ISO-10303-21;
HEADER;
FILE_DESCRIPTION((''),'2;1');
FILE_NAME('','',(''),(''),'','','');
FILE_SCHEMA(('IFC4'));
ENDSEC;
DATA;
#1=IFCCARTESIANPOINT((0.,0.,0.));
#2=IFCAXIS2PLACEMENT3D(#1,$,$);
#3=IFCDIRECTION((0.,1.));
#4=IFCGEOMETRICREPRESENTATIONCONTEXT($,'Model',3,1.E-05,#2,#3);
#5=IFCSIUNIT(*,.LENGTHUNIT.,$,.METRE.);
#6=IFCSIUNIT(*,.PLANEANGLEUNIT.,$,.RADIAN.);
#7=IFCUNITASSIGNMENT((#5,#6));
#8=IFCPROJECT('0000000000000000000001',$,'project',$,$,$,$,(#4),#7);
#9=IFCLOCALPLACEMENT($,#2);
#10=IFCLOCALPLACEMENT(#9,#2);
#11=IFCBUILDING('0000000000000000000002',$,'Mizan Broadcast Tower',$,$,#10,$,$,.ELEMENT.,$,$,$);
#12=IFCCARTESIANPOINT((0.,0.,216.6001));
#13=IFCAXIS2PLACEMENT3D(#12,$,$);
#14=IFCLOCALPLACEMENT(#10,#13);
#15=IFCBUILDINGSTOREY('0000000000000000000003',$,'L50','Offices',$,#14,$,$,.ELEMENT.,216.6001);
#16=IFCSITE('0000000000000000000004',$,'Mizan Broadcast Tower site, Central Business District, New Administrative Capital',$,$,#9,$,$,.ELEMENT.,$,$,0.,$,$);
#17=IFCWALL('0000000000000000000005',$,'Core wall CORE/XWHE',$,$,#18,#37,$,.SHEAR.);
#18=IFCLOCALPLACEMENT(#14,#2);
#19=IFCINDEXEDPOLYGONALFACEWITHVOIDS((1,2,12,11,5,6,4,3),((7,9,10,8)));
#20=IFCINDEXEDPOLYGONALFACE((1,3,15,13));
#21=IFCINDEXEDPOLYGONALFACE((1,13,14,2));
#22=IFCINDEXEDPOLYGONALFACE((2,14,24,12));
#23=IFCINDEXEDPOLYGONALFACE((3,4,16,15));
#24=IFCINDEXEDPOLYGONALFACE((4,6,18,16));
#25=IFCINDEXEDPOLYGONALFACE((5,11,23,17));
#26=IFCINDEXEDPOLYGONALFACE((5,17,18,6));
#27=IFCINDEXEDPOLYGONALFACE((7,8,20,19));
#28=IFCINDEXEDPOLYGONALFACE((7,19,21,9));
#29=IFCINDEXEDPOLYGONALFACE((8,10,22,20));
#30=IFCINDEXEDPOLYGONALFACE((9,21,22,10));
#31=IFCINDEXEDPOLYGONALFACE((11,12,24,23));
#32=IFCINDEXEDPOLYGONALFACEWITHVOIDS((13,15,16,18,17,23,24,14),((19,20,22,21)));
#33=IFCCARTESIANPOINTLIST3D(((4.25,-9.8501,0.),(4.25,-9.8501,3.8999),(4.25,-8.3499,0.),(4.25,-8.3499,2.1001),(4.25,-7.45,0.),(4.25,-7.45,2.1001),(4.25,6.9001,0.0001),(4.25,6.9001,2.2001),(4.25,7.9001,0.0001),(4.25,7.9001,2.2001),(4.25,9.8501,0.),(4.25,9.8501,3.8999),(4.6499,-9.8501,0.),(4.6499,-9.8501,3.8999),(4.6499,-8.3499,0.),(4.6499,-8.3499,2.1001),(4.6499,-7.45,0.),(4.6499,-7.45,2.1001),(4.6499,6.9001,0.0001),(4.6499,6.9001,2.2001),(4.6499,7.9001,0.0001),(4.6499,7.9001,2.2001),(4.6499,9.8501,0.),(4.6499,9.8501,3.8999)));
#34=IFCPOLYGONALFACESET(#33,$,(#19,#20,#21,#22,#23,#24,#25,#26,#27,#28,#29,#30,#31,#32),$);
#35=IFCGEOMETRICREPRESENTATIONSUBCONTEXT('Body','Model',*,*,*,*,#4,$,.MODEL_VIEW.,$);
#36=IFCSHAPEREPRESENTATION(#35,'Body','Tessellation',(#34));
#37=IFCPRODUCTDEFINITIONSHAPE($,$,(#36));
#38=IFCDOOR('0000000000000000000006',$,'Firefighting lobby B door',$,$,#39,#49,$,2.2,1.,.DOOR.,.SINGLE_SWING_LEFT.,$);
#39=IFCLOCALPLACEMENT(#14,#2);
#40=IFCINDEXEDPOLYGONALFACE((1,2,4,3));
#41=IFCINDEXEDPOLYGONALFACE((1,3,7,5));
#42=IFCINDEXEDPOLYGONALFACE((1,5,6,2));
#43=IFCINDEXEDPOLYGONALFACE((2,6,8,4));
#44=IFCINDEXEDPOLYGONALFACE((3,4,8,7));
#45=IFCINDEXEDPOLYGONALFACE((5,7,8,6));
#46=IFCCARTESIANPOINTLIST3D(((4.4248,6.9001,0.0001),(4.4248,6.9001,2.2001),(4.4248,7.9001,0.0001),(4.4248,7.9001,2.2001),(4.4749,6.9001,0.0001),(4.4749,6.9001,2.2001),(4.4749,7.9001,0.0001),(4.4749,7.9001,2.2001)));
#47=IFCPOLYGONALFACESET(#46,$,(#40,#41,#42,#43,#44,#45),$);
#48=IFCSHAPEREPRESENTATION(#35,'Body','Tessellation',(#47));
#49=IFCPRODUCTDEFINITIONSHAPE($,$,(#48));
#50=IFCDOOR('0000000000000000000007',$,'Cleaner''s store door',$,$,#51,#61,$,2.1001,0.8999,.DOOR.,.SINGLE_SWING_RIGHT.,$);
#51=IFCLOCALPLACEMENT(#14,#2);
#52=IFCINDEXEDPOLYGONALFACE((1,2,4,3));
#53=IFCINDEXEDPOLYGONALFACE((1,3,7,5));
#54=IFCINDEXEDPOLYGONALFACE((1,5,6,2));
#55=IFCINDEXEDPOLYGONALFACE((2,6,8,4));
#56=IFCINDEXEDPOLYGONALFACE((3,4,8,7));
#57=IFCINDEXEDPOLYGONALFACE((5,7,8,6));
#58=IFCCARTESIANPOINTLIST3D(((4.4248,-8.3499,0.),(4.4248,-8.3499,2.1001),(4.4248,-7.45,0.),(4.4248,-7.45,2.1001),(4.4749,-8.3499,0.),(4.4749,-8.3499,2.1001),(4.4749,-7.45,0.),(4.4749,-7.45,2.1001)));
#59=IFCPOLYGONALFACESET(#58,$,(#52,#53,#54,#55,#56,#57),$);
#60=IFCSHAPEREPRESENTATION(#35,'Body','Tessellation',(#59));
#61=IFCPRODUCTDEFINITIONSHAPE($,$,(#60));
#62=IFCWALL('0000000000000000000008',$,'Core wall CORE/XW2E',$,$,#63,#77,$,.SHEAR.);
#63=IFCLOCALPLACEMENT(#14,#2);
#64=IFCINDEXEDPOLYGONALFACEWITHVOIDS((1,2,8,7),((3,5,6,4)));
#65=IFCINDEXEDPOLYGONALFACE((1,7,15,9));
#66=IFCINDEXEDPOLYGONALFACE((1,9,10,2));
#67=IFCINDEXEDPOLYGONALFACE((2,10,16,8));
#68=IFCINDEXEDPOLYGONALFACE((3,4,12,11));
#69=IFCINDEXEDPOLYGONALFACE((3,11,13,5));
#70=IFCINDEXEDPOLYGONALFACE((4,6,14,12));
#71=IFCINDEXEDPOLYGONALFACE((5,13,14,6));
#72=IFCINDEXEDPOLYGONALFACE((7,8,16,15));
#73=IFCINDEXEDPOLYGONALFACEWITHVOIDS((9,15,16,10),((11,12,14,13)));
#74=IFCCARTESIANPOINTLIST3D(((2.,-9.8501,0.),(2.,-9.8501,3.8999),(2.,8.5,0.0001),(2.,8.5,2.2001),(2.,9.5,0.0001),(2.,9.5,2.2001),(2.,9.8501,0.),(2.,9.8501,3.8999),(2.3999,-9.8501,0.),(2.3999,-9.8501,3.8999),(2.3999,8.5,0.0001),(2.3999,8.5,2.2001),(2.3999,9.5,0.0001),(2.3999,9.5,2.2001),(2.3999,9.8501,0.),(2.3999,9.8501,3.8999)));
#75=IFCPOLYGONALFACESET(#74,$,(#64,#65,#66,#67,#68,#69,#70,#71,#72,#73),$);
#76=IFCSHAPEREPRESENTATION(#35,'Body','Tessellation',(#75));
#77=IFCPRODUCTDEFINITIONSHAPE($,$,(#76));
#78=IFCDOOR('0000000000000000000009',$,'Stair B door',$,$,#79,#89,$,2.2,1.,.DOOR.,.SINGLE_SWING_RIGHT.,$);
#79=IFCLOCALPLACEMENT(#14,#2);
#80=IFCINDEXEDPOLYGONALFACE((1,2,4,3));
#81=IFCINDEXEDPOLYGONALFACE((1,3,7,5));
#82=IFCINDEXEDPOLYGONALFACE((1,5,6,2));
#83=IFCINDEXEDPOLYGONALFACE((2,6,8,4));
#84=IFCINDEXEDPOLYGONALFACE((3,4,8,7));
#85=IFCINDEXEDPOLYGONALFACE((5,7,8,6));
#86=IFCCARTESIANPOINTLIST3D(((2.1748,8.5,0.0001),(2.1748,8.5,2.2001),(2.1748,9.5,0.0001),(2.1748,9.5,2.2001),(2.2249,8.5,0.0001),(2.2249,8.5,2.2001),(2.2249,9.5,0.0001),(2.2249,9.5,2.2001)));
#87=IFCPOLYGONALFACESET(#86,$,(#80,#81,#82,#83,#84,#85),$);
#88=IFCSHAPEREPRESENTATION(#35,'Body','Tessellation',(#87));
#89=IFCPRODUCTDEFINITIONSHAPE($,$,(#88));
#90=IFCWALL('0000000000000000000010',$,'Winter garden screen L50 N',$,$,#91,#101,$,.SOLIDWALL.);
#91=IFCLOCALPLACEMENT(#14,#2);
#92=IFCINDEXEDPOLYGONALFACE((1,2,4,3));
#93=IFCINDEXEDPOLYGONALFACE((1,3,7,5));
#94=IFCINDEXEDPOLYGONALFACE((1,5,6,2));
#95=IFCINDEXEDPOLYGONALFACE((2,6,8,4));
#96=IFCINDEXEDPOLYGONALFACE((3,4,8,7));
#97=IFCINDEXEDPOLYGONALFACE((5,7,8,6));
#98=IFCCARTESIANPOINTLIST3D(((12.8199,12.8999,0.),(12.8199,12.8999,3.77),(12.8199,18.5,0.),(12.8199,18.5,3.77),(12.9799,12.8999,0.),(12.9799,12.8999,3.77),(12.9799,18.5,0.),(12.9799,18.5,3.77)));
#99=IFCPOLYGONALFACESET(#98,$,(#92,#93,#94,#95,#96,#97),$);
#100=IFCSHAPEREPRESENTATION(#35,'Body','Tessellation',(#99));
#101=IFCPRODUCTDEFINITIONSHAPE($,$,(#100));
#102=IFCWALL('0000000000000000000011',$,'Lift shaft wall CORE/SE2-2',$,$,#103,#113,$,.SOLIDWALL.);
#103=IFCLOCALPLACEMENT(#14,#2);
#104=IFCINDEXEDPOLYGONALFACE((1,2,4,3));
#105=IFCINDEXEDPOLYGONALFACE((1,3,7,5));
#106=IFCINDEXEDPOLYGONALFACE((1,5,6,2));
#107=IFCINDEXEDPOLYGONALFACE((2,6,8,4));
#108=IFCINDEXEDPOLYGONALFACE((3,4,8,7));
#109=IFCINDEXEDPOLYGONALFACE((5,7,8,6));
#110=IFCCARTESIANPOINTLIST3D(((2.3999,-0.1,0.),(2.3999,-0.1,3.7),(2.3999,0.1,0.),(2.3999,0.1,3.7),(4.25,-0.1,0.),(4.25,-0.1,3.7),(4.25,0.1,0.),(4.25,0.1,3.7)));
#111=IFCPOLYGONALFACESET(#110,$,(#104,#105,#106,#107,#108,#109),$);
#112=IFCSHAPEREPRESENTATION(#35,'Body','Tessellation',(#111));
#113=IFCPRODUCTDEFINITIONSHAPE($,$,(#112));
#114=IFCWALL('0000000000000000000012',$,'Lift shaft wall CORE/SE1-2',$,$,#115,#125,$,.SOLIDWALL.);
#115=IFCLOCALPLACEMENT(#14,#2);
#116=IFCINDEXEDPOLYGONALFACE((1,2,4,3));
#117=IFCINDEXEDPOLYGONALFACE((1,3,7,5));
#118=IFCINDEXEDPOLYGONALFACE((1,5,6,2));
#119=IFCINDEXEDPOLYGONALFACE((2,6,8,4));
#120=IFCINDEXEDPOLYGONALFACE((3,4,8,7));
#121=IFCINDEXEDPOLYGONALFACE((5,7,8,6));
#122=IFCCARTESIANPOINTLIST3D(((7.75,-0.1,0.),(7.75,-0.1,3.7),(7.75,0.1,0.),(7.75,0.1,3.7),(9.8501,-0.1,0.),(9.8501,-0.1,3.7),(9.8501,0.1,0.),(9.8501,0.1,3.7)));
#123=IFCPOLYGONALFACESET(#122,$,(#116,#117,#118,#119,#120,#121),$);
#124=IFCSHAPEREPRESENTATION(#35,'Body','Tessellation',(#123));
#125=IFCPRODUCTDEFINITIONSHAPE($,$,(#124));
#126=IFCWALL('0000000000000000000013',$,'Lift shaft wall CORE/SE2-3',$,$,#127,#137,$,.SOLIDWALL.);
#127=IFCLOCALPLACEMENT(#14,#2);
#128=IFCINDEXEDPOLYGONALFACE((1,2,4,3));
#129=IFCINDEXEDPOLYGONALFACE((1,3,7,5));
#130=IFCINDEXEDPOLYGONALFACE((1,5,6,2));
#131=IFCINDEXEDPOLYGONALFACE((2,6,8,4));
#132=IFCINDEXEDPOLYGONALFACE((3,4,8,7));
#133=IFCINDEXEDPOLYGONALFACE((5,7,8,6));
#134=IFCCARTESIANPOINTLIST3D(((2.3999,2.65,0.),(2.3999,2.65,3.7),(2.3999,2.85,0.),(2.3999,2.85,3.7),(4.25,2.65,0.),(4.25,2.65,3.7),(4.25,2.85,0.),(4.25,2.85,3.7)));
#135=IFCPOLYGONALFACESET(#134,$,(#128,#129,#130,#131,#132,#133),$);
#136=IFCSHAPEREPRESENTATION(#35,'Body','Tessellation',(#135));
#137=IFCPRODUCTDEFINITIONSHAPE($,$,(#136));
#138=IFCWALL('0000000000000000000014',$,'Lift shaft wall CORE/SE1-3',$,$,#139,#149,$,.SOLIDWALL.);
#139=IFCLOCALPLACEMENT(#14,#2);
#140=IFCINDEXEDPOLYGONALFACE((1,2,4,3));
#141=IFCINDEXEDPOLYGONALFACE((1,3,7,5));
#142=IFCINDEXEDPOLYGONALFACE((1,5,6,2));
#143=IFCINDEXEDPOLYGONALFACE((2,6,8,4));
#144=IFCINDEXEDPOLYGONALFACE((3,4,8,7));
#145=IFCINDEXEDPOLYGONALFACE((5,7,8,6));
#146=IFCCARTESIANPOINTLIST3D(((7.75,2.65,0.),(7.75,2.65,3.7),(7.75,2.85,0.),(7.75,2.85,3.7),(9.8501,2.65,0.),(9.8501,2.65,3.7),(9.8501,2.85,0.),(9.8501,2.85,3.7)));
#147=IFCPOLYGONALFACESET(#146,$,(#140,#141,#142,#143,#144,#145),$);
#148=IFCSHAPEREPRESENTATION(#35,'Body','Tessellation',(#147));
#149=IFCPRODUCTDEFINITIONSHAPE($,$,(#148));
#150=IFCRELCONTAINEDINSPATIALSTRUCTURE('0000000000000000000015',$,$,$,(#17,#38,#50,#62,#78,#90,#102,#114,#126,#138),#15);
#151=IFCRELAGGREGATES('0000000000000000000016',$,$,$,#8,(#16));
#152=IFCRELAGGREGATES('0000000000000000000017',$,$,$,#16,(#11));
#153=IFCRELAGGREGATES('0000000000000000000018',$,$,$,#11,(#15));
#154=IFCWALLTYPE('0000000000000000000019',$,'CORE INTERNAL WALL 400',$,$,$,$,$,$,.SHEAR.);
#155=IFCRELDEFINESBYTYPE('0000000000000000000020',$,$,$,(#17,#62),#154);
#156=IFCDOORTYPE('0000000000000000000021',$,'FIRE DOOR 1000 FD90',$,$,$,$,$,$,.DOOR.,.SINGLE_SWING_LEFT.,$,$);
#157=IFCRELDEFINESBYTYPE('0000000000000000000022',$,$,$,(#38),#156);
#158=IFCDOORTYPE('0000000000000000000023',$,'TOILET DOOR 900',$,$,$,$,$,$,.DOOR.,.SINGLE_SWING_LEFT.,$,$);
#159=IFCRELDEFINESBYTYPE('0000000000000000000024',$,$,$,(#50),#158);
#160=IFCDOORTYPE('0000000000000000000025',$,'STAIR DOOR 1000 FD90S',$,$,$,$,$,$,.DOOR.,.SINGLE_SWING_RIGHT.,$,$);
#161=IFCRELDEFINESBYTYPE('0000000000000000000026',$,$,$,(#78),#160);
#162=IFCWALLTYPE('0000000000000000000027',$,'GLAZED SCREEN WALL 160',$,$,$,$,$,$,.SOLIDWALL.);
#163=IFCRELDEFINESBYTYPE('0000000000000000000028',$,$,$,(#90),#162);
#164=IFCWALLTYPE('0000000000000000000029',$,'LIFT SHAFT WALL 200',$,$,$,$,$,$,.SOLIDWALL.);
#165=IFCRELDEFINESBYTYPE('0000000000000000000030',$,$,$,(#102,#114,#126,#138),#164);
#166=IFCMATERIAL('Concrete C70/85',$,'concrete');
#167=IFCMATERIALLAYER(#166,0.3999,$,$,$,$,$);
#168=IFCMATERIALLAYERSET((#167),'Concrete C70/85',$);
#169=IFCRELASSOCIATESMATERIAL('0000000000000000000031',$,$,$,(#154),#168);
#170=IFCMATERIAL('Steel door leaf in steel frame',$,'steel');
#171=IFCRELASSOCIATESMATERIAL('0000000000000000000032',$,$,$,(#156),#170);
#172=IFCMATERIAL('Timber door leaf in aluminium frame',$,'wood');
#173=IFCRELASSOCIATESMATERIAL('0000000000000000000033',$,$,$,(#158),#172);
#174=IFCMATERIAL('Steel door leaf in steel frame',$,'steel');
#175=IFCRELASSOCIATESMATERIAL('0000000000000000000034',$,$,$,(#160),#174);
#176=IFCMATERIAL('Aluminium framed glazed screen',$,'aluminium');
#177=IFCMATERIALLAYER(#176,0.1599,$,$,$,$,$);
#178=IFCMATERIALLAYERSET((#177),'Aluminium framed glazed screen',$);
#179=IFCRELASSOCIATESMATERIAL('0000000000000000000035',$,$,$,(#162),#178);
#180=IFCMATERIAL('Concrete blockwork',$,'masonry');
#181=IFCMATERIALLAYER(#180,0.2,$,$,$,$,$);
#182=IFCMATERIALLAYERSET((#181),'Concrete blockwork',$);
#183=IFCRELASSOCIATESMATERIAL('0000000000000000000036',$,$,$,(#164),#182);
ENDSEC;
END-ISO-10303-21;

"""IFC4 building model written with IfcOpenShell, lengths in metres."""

from ifc_helpers import new_model, si_unit, direction, frame, frame_2d, origin, place, context, subcontext, project, spatial, rectangle, extrude, material, layer, layer_set, type_object, element, fill, save


model = new_model("IFC4")

# Units and contexts
model_context = context("Model", 3, precision=1e-05, world=origin(), true_north=direction((0.0, 1.0)))
body_context = subcontext(model_context, "Body", "Model", "MODEL_VIEW")
ifc_project = project(units=[si_unit("LENGTHUNIT", "METRE"), si_unit("PLANEANGLEUNIT", "RADIAN")], contexts=[model_context])

# Site, building, storey
site_placement = place(None, origin())
site = spatial("IfcSite", under=ifc_project, at=site_placement, Name="Mizan Broadcast Tower site, Central Business District, New Administrative Capital", CompositionType="ELEMENT", RefElevation=0.0)
building_placement = place(site_placement, origin())
building = spatial("IfcBuilding", under=site, at=building_placement, Name="Mizan Broadcast Tower", CompositionType="ELEMENT")
storey_placement = place(building_placement, frame((0.0, 0.0, 216.6001)))
storey = spatial("IfcBuildingStorey", under=building, at=storey_placement, Name="L50", Description="Offices", CompositionType="ELEMENT", Elevation=216.6001)

# Wall, openings, doors
ifc_material_1 = material(Name="Concrete C70/85", Category="concrete")
ifc_layer_1 = layer(ifc_material_1, 0.3999)
ifc_layer_set_1 = layer_set([ifc_layer_1], Name="Concrete C70/85")
wall_type_1 = type_object("IfcWallType", Name="CORE INTERNAL WALL 400", PredefinedType="SHEAR", material=ifc_layer_set_1)
ifc_material_2 = material(Name="Steel door leaf in steel frame", Category="steel")
door_type_1 = type_object("IfcDoorType", Name="FIRE DOOR 1000 FD90", OperationType="SINGLE_SWING_LEFT", PredefinedType="DOOR", material=ifc_material_2)
ifc_material_3 = material(Name="Timber door leaf in aluminium frame", Category="wood")
door_type_2 = type_object("IfcDoorType", Name="TOILET DOOR 900", OperationType="SINGLE_SWING_LEFT", PredefinedType="DOOR", material=ifc_material_3)
wall_1_placement = place(storey_placement, frame((4.45, 9.8501, 0.0), z_axis=(0.0, 0.0, 1.0), x_axis=(0.0, -1.0, 0.0)))
wall_1 = element("IfcWall", 1, at=wall_1_placement, inside=storey, type_object=wall_type_1, Name="Core wall CORE/XWHE", PredefinedType="SHEAR", context=body_context, shape_type="SweptSolid", body=[
    extrude(rectangle(XDim=19.7002, YDim=0.3999, at=frame_2d((9.8501, 0.0))), origin(), (0.0, 0.0, 1.0), 3.8999),
])
opening_1_placement = place(wall_1_placement, frame((1.95, 0.0, 0.0)))
opening_1 = element("IfcOpeningElement", 2, at=opening_1_placement, cuts=wall_1, PredefinedType="OPENING", context=body_context, shape_type="SweptSolid", body=[
    extrude(rectangle(XDim=1.0, YDim=2.2, at=frame_2d((0.5, 1.1001))), frame((0.0, 0.21, 0.0), z_axis=(0.0, -1.0, 0.0), x_axis=(1.0, 0.0, 0.0)), (0.0, 0.0, 1.0), 0.4199),
])
opening_2_placement = place(wall_1_placement, frame((17.3, 0.0, 0.0)))
opening_2 = element("IfcOpeningElement", 3, at=opening_2_placement, cuts=wall_1, PredefinedType="OPENING", context=body_context, shape_type="SweptSolid", body=[
    extrude(rectangle(XDim=0.8999, YDim=2.1001, at=frame_2d((0.45, 1.05))), frame((0.0, 0.21, 0.0), z_axis=(0.0, -1.0, 0.0), x_axis=(1.0, 0.0, 0.0)), (0.0, 0.0, 1.0), 0.4199),
])
door_1_placement = place(opening_1_placement, origin())
door_1 = element("IfcDoor", 4, at=door_1_placement, inside=storey, type_object=door_type_1, Name="Firefighting lobby B door", OperationType="SINGLE_SWING_LEFT", OverallHeight=2.2, OverallWidth=1.0, PredefinedType="DOOR", context=body_context, shape_type="SweptSolid", body=[
    extrude(rectangle(XDim=1.0, YDim=2.2, at=frame_2d((0.5, 1.1001))), frame((0.0, 0.0249, 0.0), z_axis=(0.0, -1.0, 0.0), x_axis=(1.0, 0.0, 0.0)), (0.0, 0.0, 1.0), 0.05),
])
fill(opening_1, door_1)
door_2_placement = place(opening_2_placement, origin())
door_2 = element("IfcDoor", 5, at=door_2_placement, inside=storey, type_object=door_type_2, Name="Cleaner's store door", OperationType="SINGLE_SWING_RIGHT", OverallHeight=2.1001, OverallWidth=0.8999, PredefinedType="DOOR", context=body_context, shape_type="SweptSolid", body=[
    extrude(rectangle(XDim=0.8999, YDim=2.1001, at=frame_2d((0.45, 1.05))), frame((0.0, 0.0249, 0.0), z_axis=(0.0, -1.0, 0.0), x_axis=(1.0, 0.0, 0.0)), (0.0, 0.0, 1.0), 0.05),
])
fill(opening_2, door_2)

# Wall, opening, door
wall_2_placement = place(storey_placement, frame((2.2, 9.8501, 0.0), z_axis=(0.0, 0.0, 1.0), x_axis=(0.0, -1.0, 0.0)))
wall_2 = element("IfcWall", 6, at=wall_2_placement, inside=storey, type_object=wall_type_1, Name="Core wall CORE/XW2E", PredefinedType="SHEAR", context=body_context, shape_type="SweptSolid", body=[
    extrude(rectangle(XDim=19.7002, YDim=0.3999, at=frame_2d((9.8501, 0.0))), origin(), (0.0, 0.0, 1.0), 3.8999),
])
opening_3_placement = place(wall_2_placement, frame((0.3501, 0.0, 0.0)))
opening_3 = element("IfcOpeningElement", 7, at=opening_3_placement, cuts=wall_2, PredefinedType="OPENING", context=body_context, shape_type="SweptSolid", body=[
    extrude(rectangle(XDim=1.0, YDim=2.2, at=frame_2d((0.5, 1.1001))), frame((0.0, 0.21, 0.0), z_axis=(0.0, -1.0, 0.0), x_axis=(1.0, 0.0, 0.0)), (0.0, 0.0, 1.0), 0.4199),
])
ifc_material_4 = material(Name="Steel door leaf in steel frame", Category="steel")
door_type_3 = type_object("IfcDoorType", Name="STAIR DOOR 1000 FD90S", OperationType="SINGLE_SWING_RIGHT", PredefinedType="DOOR", material=ifc_material_4)
door_3_placement = place(opening_3_placement, origin())
door_3 = element("IfcDoor", 8, at=door_3_placement, inside=storey, type_object=door_type_3, Name="Stair B door", OperationType="SINGLE_SWING_RIGHT", OverallHeight=2.2, OverallWidth=1.0, PredefinedType="DOOR", context=body_context, shape_type="SweptSolid", body=[
    extrude(rectangle(XDim=1.0, YDim=2.2, at=frame_2d((0.5, 1.1001))), frame((0.0, 0.0249, 0.0), z_axis=(0.0, -1.0, 0.0), x_axis=(1.0, 0.0, 0.0)), (0.0, 0.0, 1.0), 0.05),
])
fill(opening_3, door_3)

# Walls
ifc_material_5 = material(Name="Aluminium framed glazed screen", Category="aluminium")
ifc_layer_2 = layer(ifc_material_5, 0.1599)
ifc_layer_set_2 = layer_set([ifc_layer_2], Name="Aluminium framed glazed screen")
wall_type_2 = type_object("IfcWallType", Name="GLAZED SCREEN WALL 160", PredefinedType="SOLIDWALL", material=ifc_layer_set_2)
wall_3_placement = place(storey_placement, frame((12.8999, 12.8999, 0.0), z_axis=(0.0, 0.0, 1.0), x_axis=(0.0, 1.0, 0.0)))
element("IfcWall", 9, at=wall_3_placement, inside=storey, type_object=wall_type_2, Name="Winter garden screen L50 N", PredefinedType="SOLIDWALL", context=body_context, shape_type="SweptSolid", body=[
    extrude(rectangle(XDim=5.6001, YDim=0.1599, at=frame_2d((2.8, 0.0))), origin(), (0.0, 0.0, 1.0), 3.77),
])
ifc_material_6 = material(Name="Concrete blockwork", Category="masonry")
ifc_layer_3 = layer(ifc_material_6, 0.2)
ifc_layer_set_3 = layer_set([ifc_layer_3], Name="Concrete blockwork")
wall_type_3 = type_object("IfcWallType", Name="LIFT SHAFT WALL 200", PredefinedType="SOLIDWALL", material=ifc_layer_set_3)
wall_4_placement = place(storey_placement, frame((2.3999, 0.0, 0.0), z_axis=(0.0, 0.0, 1.0), x_axis=(1.0, 0.0, 0.0)))
element("IfcWall", 10, at=wall_4_placement, inside=storey, type_object=wall_type_3, Name="Lift shaft wall CORE/SE2-2", PredefinedType="SOLIDWALL", context=body_context, shape_type="SweptSolid", body=[
    extrude(rectangle(XDim=1.8501, YDim=0.2, at=frame_2d((0.925, 0.0))), origin(), (0.0, 0.0, 1.0), 3.7),
])
wall_5_placement = place(storey_placement, frame((7.75, 0.0, 0.0), z_axis=(0.0, 0.0, 1.0), x_axis=(1.0, 0.0, 0.0)))
element("IfcWall", 11, at=wall_5_placement, inside=storey, type_object=wall_type_3, Name="Lift shaft wall CORE/SE1-2", PredefinedType="SOLIDWALL", context=body_context, shape_type="SweptSolid", body=[
    extrude(rectangle(XDim=2.1001, YDim=0.2, at=frame_2d((1.05, 0.0))), origin(), (0.0, 0.0, 1.0), 3.7),
])
wall_6_placement = place(storey_placement, frame((2.3999, 2.75, 0.0), z_axis=(0.0, 0.0, 1.0), x_axis=(1.0, 0.0, 0.0)))
element("IfcWall", 12, at=wall_6_placement, inside=storey, type_object=wall_type_3, Name="Lift shaft wall CORE/SE2-3", PredefinedType="SOLIDWALL", context=body_context, shape_type="SweptSolid", body=[
    extrude(rectangle(XDim=1.8501, YDim=0.2, at=frame_2d((0.925, 0.0))), origin(), (0.0, 0.0, 1.0), 3.7),
])
wall_7_placement = place(storey_placement, frame((7.75, 2.75, 0.0), z_axis=(0.0, 0.0, 1.0), x_axis=(1.0, 0.0, 0.0)))
element("IfcWall", 13, at=wall_7_placement, inside=storey, type_object=wall_type_3, Name="Lift shaft wall CORE/SE1-3", PredefinedType="SOLIDWALL", context=body_context, shape_type="SweptSolid", body=[
    extrude(rectangle(XDim=2.1001, YDim=0.2, at=frame_2d((1.05, 0.0))), origin(), (0.0, 0.0, 1.0), 3.7),
])

save(model, "model.ifc")
